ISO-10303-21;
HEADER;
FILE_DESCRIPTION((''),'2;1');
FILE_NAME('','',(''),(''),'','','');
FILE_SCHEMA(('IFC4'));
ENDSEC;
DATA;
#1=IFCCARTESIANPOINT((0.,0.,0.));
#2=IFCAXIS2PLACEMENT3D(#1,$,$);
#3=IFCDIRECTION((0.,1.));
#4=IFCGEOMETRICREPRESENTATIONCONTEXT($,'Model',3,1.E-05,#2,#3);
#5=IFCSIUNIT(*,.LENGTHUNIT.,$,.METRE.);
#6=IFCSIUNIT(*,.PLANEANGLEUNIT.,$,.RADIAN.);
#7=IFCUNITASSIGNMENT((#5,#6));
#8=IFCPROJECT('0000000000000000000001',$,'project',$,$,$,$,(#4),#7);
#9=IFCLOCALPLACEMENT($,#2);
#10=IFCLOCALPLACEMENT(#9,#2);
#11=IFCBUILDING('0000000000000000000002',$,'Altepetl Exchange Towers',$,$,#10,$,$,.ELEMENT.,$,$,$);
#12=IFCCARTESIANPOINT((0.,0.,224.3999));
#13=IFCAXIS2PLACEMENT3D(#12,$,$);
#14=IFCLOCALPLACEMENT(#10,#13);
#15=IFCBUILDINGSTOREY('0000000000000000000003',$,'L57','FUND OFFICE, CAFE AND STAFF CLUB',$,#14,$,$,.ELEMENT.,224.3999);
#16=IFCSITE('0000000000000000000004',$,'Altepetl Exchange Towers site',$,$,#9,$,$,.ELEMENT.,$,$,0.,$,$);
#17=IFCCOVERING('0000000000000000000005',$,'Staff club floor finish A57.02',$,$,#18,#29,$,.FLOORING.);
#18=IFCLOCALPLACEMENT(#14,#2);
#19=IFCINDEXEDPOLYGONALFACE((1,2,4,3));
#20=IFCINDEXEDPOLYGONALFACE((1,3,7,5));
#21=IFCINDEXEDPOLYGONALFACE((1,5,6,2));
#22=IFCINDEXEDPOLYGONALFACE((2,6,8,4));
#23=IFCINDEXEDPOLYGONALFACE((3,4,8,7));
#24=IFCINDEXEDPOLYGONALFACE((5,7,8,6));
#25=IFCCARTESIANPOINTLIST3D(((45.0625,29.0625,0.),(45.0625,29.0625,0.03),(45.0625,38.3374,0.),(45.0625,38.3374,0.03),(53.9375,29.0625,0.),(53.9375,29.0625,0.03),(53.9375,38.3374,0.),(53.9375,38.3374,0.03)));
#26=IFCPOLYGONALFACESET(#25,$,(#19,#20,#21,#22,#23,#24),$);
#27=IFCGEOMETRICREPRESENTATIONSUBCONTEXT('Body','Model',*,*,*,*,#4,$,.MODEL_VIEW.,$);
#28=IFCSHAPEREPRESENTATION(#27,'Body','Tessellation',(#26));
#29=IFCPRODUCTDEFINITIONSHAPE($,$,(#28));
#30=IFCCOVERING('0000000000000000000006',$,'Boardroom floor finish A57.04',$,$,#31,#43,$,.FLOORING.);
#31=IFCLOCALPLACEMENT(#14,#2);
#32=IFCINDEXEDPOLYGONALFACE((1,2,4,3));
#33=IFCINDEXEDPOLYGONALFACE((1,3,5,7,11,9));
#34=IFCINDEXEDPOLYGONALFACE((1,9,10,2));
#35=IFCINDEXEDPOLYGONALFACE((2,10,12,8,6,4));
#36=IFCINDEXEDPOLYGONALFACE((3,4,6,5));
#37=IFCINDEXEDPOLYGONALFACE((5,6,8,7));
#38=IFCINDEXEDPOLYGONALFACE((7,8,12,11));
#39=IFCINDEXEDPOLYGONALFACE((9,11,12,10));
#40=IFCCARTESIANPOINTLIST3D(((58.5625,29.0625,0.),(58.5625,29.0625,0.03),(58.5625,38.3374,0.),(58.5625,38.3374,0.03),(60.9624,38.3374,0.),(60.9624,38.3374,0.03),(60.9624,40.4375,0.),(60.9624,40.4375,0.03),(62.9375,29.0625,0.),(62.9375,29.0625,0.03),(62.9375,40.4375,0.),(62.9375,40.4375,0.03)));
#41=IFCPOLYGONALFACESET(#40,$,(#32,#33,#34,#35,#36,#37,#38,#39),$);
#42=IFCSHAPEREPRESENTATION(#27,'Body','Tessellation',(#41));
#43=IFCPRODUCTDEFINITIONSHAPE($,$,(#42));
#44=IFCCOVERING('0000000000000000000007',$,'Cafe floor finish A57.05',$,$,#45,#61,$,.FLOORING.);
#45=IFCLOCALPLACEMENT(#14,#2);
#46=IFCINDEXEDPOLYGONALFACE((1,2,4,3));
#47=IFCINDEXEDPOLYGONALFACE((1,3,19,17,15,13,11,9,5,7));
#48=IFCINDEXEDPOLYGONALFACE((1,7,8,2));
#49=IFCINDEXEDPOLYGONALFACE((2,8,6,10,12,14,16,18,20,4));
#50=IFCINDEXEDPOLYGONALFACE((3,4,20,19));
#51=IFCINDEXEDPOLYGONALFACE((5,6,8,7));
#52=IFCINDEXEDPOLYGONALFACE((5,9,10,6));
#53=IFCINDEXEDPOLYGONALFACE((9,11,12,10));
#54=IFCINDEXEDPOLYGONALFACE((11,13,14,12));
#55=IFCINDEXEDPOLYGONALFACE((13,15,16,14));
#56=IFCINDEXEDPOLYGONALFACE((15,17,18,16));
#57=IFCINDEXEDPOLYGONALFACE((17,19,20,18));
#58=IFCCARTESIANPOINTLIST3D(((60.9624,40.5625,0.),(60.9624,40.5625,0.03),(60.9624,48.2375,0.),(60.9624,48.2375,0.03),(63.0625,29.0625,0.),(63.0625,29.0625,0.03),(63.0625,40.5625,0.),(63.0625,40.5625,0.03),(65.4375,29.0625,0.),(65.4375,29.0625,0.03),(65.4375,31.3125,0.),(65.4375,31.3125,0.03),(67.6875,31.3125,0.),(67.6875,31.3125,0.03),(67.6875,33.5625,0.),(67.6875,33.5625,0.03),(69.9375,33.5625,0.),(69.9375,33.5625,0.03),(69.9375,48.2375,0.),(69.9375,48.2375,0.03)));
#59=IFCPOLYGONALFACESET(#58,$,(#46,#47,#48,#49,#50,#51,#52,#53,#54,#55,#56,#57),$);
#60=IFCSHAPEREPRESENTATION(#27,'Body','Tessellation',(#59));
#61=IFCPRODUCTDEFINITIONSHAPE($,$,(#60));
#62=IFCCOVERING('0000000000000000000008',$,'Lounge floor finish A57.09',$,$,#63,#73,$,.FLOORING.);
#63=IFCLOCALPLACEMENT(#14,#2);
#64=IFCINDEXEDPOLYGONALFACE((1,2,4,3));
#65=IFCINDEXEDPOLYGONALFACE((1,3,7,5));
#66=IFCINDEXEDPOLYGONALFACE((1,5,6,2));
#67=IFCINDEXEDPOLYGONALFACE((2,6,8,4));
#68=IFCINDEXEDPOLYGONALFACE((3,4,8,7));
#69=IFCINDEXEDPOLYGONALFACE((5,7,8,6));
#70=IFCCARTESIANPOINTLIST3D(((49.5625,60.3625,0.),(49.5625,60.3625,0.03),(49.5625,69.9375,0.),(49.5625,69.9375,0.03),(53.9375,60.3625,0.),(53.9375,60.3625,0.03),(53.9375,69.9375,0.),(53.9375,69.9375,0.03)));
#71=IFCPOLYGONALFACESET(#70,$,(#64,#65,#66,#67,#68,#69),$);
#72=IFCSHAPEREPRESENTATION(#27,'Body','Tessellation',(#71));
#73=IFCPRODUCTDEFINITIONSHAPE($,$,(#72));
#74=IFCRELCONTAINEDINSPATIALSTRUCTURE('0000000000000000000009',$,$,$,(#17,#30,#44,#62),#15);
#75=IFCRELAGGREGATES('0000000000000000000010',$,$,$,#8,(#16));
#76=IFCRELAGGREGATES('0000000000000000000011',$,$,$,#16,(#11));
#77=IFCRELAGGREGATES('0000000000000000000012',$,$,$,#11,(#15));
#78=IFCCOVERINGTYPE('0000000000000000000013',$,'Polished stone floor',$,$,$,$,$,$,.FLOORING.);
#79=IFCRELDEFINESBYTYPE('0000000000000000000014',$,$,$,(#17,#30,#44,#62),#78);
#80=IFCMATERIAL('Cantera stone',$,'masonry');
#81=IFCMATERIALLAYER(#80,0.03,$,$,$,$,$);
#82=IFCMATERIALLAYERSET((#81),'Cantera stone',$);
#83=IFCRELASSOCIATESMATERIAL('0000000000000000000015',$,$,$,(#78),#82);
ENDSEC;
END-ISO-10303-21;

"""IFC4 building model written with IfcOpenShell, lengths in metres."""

from ifc_helpers import new_model, si_unit, direction, frame, origin, place, context, subcontext, project, spatial, polyline, outline, extrude, material, layer, layer_set, type_object, element, save


model = new_model("IFC4")

# Units and contexts
model_context = context("Model", 3, precision=1e-05, world=origin(), true_north=direction((0.0, 1.0)))
body_context = subcontext(model_context, "Body", "Model", "MODEL_VIEW")
ifc_project = project(units=[si_unit("LENGTHUNIT", "METRE"), si_unit("PLANEANGLEUNIT", "RADIAN")], contexts=[model_context])

# Site, building, storey
site_placement = place(None, origin())
site = spatial("IfcSite", under=ifc_project, at=site_placement, Name="Altepetl Exchange Towers site", CompositionType="ELEMENT", RefElevation=0.0)
building_placement = place(site_placement, origin())
building = spatial("IfcBuilding", under=site, at=building_placement, Name="Altepetl Exchange Towers", CompositionType="ELEMENT")
storey_placement = place(building_placement, frame((0.0, 0.0, 224.3999)))
storey = spatial("IfcBuildingStorey", under=building, at=storey_placement, Name="L57", Description="FUND OFFICE, CAFE AND STAFF CLUB", CompositionType="ELEMENT", Elevation=224.3999)

# Coverings
ifc_material_1 = material(Name="Cantera stone", Category="masonry")
ifc_layer_1 = layer(ifc_material_1, 0.03)
ifc_layer_set_1 = layer_set([ifc_layer_1], Name="Cantera stone")
covering_type_1 = type_object("IfcCoveringType", Name="Polished stone floor", PredefinedType="FLOORING", material=ifc_layer_set_1)
covering_1_placement = place(storey_placement, origin())
element("IfcCovering", 1, at=covering_1_placement, inside=storey, type_object=covering_type_1, Name="Staff club floor finish A57.02", PredefinedType="FLOORING", context=body_context, shape_type="SweptSolid", body=[
    extrude(outline(polyline([(53.9375, 29.0625), (53.9375, 38.3374), (45.0625, 38.3374), (45.0625, 29.0625), (53.9375, 29.0625)])), origin(), (0.0, 0.0, 1.0), 0.03),
])
covering_2_placement = place(storey_placement, origin())
element("IfcCovering", 2, at=covering_2_placement, inside=storey, type_object=covering_type_1, Name="Boardroom floor finish A57.04", PredefinedType="FLOORING", context=body_context, shape_type="SweptSolid", body=[
    extrude(outline(polyline([(62.9375, 29.0625), (62.9375, 40.4375), (60.9624, 40.4375), (60.9624, 38.3374), (58.5625, 38.3374), (58.5625, 29.0625), (62.9375, 29.0625)])), origin(), (0.0, 0.0, 1.0), 0.03),
])
covering_3_placement = place(storey_placement, origin())
element("IfcCovering", 3, at=covering_3_placement, inside=storey, type_object=covering_type_1, Name="Cafe floor finish A57.05", PredefinedType="FLOORING", context=body_context, shape_type="SweptSolid", body=[
    extrude(outline(polyline([(67.6875, 31.3125), (67.6875, 33.5625), (69.9375, 33.5625), (69.9375, 48.2375), (60.9624, 48.2375), (60.9624, 40.5625), (63.0625, 40.5625), (63.0625, 29.0625), (65.4375, 29.0625), (65.4375, 31.3125), (67.6875, 31.3125)])), origin(), (0.0, 0.0, 1.0), 0.03),
])
covering_4_placement = place(storey_placement, origin())
element("IfcCovering", 4, at=covering_4_placement, inside=storey, type_object=covering_type_1, Name="Lounge floor finish A57.09", PredefinedType="FLOORING", context=body_context, shape_type="SweptSolid", body=[
    extrude(outline(polyline([(53.9375, 60.3625), (53.9375, 69.9375), (49.5625, 69.9375), (49.5625, 60.3625), (53.9375, 60.3625)])), origin(), (0.0, 0.0, 1.0), 0.03),
])

save(model, "model.ifc")
